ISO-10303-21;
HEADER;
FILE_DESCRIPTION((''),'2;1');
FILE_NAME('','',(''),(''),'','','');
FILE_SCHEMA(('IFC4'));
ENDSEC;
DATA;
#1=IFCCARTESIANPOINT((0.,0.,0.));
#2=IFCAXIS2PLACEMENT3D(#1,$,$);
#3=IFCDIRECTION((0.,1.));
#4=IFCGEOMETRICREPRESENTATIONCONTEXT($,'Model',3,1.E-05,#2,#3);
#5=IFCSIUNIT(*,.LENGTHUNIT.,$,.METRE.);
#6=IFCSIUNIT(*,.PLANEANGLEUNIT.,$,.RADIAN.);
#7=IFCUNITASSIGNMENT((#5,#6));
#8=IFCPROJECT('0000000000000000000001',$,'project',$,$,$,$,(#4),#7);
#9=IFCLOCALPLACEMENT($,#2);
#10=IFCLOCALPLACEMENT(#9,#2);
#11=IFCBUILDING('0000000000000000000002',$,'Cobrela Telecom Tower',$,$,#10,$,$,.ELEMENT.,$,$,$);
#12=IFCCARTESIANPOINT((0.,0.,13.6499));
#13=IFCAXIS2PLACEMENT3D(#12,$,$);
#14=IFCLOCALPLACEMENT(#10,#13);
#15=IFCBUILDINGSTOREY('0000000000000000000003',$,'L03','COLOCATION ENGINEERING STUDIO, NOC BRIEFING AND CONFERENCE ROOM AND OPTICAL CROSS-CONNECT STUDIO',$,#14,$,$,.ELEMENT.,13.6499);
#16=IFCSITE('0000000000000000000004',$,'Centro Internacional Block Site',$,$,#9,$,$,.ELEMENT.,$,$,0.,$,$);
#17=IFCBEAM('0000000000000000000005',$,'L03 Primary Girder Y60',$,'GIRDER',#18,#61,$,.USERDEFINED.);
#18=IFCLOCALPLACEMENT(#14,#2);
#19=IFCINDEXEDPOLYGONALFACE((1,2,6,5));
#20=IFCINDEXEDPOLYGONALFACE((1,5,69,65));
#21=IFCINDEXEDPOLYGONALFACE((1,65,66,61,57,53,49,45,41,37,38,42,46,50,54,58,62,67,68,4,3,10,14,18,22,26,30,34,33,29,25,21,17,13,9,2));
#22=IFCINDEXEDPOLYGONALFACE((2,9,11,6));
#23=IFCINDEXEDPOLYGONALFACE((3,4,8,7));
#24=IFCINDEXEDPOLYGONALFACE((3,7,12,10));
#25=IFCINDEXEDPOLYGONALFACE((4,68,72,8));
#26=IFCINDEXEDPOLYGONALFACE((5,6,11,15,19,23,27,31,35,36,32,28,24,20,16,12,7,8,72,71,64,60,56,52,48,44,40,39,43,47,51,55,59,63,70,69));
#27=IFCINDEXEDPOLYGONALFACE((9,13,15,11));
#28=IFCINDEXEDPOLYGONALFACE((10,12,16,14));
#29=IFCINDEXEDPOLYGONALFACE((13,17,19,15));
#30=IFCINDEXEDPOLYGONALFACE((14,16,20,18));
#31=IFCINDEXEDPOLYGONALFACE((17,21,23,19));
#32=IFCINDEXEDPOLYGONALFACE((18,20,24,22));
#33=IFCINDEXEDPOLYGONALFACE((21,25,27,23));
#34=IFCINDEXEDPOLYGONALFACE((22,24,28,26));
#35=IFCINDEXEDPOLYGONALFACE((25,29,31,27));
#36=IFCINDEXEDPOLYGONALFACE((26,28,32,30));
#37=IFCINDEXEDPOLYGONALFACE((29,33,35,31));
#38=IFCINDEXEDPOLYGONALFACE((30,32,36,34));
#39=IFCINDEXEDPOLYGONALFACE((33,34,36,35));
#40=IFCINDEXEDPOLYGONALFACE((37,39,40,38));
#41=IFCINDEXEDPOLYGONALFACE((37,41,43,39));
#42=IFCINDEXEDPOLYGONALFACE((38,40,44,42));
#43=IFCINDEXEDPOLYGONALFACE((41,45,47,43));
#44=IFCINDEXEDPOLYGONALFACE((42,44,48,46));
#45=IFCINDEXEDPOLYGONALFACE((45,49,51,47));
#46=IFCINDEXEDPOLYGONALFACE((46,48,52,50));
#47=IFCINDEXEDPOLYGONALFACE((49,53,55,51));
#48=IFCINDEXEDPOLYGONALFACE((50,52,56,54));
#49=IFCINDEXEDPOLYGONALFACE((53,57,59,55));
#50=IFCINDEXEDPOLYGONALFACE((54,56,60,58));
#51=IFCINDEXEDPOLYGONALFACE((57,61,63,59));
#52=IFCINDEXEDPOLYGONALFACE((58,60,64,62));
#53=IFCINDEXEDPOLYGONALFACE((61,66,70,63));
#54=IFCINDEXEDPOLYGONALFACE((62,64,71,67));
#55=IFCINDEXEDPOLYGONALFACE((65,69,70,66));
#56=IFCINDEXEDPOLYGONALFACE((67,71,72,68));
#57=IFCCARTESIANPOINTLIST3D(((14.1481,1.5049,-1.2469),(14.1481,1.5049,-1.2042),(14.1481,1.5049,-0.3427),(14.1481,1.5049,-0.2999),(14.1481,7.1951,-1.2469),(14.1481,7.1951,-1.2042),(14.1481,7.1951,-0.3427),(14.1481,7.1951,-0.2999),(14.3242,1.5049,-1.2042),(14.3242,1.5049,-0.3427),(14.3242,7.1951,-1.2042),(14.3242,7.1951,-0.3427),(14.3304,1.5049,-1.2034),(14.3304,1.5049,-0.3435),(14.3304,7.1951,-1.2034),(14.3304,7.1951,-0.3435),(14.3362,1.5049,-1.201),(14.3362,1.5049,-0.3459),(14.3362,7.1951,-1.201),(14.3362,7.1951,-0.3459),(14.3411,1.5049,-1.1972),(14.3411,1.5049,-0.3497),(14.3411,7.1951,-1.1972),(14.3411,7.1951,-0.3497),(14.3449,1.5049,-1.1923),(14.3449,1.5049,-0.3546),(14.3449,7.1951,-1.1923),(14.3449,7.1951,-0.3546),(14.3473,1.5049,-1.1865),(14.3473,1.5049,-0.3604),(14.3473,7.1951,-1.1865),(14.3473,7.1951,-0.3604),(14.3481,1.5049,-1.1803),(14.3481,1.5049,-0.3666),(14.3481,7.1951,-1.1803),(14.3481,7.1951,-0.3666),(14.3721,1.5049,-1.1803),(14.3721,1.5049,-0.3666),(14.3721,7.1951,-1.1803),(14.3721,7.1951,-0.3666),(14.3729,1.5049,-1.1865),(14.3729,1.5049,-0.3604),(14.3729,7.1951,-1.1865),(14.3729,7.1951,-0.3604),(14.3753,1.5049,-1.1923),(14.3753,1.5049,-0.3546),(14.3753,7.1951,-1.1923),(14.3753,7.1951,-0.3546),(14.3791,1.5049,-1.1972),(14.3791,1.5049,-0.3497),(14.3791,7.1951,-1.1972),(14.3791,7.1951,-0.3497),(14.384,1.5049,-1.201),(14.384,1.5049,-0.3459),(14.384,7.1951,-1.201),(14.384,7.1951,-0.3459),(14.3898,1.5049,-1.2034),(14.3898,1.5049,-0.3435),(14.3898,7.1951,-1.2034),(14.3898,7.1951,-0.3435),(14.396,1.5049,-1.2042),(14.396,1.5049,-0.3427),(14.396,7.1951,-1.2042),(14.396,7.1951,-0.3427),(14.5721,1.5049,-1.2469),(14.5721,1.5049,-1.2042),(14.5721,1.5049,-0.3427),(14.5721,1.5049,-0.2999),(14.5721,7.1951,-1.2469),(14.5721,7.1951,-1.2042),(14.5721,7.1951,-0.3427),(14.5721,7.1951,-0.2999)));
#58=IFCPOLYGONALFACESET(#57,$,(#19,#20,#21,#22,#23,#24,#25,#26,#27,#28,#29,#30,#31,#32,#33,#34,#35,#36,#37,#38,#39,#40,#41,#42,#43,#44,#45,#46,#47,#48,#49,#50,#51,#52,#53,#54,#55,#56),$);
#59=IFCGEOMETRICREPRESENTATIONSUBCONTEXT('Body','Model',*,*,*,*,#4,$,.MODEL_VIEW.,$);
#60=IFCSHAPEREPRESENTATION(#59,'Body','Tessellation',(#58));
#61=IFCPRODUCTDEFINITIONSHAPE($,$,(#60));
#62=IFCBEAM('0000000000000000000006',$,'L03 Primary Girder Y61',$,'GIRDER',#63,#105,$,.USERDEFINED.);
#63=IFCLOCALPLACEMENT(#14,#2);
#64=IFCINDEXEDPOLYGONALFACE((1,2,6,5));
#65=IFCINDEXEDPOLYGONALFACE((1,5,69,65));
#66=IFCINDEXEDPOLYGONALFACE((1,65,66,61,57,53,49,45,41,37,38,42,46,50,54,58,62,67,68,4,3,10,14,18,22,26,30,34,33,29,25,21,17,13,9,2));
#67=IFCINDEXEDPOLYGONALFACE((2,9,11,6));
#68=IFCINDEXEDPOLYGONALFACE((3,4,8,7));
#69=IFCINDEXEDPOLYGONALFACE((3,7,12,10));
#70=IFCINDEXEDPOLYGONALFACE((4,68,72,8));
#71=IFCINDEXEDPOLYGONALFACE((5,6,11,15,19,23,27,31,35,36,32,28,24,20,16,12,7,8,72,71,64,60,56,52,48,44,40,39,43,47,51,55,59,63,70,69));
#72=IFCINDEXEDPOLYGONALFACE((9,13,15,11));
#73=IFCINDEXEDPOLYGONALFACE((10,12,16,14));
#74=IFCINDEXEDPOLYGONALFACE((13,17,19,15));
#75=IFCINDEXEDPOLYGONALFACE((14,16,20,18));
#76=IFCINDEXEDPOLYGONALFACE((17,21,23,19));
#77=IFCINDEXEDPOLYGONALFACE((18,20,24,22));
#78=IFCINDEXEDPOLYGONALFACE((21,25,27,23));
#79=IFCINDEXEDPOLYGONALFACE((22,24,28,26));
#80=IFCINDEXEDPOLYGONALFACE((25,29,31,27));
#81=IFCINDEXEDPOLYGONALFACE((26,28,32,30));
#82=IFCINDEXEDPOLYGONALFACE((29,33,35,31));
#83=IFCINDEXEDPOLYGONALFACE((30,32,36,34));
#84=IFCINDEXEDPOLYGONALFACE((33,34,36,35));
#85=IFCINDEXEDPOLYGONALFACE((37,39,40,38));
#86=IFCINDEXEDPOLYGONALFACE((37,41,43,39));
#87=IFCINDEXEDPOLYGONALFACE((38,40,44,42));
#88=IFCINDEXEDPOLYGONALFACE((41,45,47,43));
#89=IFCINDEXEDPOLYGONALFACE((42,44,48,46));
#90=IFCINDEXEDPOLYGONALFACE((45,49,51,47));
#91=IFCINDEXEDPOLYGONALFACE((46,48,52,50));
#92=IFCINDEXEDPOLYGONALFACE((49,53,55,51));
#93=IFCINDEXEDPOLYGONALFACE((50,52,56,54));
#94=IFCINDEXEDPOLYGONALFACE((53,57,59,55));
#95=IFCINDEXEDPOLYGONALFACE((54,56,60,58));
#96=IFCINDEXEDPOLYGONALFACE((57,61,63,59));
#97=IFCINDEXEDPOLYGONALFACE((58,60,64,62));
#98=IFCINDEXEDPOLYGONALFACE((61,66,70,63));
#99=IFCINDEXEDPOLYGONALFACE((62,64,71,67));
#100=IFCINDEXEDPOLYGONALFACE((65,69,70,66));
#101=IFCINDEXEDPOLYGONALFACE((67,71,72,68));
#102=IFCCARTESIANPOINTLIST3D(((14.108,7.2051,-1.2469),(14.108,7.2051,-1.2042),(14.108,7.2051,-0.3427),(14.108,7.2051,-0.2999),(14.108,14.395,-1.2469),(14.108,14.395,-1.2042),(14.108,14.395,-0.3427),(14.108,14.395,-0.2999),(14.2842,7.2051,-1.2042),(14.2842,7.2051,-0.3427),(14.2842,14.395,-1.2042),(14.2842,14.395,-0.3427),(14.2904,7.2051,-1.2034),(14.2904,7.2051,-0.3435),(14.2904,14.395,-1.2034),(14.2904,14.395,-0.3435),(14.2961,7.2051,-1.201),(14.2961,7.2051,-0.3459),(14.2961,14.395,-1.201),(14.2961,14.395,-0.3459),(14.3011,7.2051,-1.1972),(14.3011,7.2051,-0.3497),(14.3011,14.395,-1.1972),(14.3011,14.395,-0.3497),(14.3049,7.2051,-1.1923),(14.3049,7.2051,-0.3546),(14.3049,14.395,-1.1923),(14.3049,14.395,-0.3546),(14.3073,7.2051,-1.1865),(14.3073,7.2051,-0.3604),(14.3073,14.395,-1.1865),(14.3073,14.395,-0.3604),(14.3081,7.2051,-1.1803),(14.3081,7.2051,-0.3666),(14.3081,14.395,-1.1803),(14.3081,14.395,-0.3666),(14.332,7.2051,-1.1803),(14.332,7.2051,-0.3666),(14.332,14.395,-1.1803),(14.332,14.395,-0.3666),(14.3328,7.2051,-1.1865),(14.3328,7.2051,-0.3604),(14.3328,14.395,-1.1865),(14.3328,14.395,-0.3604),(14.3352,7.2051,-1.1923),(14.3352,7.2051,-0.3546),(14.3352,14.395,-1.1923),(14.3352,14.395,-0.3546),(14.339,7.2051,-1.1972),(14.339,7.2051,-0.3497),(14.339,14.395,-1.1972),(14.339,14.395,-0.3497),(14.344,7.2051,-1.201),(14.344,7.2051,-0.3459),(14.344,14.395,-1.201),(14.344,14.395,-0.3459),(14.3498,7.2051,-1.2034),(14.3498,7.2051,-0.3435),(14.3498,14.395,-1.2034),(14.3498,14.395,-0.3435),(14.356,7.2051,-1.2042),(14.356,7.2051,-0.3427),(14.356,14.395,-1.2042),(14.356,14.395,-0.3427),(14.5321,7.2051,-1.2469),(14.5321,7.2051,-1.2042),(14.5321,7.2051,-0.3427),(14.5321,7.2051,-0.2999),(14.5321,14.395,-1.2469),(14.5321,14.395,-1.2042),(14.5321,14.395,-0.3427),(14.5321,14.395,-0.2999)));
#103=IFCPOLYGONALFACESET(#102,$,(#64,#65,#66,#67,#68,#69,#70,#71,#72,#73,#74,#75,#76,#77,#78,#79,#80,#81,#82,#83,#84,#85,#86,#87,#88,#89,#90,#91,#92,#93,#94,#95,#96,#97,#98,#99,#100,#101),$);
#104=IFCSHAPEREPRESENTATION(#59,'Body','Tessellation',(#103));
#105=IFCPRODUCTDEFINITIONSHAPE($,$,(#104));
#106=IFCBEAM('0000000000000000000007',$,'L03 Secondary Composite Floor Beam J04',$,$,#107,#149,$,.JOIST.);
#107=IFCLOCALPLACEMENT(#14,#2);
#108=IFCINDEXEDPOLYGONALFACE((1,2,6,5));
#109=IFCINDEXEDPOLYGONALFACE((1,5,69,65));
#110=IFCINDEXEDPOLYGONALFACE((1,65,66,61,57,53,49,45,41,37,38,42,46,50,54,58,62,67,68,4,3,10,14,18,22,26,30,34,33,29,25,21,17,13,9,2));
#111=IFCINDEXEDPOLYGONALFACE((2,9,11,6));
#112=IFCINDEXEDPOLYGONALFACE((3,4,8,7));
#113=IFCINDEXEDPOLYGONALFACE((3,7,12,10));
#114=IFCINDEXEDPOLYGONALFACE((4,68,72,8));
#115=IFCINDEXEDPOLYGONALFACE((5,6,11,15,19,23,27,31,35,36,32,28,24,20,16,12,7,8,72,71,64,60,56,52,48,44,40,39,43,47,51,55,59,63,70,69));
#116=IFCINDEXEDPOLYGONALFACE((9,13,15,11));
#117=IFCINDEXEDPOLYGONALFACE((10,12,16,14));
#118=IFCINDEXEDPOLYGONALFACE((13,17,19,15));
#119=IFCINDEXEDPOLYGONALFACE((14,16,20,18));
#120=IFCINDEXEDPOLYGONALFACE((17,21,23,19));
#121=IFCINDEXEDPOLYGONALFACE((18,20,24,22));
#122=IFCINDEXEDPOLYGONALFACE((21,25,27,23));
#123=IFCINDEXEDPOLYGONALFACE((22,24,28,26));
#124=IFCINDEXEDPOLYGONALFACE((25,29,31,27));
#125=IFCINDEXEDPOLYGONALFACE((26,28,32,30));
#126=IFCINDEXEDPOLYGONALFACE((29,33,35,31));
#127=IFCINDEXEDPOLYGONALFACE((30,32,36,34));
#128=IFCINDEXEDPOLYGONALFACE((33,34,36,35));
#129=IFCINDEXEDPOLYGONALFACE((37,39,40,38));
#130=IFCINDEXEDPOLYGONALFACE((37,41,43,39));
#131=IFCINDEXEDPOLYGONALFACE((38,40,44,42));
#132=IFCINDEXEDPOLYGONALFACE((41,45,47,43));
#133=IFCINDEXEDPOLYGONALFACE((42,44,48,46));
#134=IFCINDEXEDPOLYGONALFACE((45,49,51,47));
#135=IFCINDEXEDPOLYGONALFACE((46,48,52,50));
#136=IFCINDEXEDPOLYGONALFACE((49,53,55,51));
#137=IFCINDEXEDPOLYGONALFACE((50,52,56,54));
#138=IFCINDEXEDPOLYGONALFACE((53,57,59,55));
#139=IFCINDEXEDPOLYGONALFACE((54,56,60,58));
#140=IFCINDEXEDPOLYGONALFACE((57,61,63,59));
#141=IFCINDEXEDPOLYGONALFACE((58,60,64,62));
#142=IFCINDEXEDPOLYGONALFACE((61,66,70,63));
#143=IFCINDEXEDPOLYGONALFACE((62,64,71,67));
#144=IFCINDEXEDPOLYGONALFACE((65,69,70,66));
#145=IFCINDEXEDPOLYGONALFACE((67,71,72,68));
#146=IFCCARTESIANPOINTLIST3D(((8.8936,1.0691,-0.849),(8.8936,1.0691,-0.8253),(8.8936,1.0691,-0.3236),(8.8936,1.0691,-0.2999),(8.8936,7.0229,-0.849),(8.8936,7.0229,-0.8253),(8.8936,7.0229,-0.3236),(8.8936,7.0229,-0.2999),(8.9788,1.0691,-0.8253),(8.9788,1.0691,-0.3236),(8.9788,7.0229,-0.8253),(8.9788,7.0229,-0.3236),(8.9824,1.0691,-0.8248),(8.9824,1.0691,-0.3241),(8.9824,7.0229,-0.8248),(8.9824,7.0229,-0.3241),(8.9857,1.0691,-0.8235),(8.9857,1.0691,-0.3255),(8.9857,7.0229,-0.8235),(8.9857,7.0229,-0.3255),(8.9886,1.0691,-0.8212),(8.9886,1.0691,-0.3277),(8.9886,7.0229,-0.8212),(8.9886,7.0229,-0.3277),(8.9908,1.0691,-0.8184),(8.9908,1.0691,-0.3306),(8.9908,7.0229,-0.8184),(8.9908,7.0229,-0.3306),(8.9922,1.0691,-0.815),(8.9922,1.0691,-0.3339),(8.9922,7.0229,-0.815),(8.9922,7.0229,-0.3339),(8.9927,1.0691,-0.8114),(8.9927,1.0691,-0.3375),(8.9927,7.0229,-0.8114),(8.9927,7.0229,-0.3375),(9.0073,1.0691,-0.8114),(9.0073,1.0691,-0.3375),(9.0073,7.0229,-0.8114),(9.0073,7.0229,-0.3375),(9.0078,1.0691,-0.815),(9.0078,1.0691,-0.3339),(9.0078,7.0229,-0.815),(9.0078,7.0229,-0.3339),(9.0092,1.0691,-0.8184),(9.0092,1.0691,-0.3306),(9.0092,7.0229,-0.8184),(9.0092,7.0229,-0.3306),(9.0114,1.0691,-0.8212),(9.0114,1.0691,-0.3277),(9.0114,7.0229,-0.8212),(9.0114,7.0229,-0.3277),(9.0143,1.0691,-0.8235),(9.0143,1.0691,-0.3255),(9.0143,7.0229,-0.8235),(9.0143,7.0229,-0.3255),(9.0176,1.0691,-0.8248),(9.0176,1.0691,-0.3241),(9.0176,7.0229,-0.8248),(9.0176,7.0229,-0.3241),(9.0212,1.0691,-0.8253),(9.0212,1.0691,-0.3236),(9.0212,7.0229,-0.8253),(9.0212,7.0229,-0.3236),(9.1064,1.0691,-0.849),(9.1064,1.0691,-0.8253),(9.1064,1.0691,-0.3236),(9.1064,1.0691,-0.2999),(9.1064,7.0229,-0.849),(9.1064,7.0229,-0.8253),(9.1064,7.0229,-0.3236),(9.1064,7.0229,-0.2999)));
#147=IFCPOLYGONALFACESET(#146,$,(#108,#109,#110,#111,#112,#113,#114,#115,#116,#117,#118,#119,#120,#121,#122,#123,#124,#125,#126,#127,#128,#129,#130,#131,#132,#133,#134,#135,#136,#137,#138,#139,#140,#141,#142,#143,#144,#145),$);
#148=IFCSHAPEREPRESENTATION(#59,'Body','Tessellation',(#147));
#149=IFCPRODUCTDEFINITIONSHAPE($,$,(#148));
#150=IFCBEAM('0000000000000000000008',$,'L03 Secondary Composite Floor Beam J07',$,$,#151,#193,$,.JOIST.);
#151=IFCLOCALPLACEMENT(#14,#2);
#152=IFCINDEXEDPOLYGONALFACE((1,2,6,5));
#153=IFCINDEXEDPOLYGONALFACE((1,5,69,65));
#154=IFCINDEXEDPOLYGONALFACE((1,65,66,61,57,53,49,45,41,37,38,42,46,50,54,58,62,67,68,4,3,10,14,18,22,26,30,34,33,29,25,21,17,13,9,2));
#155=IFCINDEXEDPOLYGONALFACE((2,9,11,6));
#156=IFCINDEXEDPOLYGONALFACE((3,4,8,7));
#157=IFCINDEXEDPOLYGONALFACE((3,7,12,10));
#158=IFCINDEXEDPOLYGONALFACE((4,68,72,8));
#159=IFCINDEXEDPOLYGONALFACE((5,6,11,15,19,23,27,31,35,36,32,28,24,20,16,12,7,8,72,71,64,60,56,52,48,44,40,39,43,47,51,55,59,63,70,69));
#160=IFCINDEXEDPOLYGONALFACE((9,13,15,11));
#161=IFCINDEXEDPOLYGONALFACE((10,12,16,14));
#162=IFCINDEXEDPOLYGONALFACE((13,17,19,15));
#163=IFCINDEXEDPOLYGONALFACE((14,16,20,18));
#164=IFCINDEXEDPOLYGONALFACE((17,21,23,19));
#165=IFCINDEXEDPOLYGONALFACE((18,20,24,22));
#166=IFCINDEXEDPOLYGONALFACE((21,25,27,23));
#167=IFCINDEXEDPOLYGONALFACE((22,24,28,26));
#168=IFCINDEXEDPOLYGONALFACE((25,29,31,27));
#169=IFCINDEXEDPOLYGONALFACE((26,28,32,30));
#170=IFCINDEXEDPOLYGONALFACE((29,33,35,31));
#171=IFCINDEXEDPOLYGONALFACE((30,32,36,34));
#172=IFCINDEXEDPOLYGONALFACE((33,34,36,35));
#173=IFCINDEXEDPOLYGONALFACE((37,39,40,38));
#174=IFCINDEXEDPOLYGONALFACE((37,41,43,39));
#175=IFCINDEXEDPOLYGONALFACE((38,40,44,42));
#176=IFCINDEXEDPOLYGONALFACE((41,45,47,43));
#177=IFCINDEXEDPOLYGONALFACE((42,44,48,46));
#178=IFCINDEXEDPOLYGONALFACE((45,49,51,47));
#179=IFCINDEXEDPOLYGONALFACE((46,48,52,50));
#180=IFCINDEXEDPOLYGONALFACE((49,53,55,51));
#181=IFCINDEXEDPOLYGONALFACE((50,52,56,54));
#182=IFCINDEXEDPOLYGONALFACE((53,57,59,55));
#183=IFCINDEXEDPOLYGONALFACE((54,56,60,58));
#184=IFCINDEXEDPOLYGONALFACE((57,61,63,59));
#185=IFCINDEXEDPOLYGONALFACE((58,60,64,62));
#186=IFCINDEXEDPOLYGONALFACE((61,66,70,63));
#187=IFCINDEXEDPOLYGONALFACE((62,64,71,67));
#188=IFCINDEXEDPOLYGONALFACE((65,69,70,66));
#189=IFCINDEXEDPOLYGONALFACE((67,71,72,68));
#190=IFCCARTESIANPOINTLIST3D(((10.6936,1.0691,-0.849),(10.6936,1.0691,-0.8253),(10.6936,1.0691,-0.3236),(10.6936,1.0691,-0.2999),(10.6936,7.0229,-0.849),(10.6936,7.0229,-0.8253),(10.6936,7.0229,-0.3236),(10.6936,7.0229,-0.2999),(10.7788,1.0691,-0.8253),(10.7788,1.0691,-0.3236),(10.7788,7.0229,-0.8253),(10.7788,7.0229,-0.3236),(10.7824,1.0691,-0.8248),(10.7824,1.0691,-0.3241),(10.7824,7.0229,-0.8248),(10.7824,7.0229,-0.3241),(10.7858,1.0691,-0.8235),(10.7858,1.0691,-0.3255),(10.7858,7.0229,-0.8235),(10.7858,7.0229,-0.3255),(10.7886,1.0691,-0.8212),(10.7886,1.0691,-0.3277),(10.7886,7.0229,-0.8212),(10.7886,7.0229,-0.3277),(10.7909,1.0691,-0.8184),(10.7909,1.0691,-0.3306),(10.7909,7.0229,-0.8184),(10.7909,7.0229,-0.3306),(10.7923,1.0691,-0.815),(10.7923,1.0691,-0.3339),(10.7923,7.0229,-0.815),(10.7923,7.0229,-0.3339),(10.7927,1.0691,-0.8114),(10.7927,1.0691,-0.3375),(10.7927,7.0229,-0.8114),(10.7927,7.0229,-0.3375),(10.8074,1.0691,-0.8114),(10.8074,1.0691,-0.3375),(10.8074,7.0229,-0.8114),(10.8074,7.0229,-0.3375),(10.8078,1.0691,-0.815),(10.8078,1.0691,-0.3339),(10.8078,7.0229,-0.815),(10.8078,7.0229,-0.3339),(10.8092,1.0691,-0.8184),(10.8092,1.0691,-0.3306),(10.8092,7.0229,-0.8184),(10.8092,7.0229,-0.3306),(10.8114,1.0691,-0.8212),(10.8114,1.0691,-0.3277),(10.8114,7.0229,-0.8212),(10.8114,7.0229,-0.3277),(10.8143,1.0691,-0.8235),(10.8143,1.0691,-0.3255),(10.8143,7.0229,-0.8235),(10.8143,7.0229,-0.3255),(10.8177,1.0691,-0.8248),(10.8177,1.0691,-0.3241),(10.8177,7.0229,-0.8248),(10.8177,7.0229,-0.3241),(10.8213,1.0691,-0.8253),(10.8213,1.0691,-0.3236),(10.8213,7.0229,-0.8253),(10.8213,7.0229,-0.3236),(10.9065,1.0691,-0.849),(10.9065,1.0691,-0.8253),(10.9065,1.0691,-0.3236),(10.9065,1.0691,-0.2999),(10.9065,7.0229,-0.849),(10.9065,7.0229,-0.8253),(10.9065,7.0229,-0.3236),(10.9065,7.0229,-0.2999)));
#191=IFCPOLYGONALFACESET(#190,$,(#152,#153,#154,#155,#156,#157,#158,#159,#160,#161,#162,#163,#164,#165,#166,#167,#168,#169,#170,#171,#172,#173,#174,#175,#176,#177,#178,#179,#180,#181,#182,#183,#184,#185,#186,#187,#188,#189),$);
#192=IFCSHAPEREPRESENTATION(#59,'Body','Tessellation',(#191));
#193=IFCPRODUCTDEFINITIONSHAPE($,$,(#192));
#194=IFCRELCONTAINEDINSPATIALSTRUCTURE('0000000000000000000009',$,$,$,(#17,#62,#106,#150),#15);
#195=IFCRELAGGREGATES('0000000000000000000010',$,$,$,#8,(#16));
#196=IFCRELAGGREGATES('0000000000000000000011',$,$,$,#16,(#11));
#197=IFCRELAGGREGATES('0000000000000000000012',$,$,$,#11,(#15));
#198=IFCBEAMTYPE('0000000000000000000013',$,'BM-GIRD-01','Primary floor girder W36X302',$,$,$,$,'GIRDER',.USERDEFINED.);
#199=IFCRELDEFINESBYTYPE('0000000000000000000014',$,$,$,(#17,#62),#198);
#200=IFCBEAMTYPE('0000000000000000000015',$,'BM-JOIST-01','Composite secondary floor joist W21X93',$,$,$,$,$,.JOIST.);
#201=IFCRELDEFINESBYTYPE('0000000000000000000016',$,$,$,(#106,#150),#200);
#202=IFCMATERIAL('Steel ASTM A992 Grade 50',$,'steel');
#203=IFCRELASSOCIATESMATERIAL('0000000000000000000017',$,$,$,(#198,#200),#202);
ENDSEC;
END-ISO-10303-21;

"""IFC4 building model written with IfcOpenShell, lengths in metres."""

from ifc_helpers import new_model, si_unit, direction, frame, origin, origin_2d, place, context, subcontext, project, spatial, i_section, extrude, material, material_profile, profile_set, type_object, element, save


model = new_model("IFC4")

# Units and contexts
model_context = context("Model", 3, precision=1e-05, world=origin(), true_north=direction((0.0, 1.0)))
body_context = subcontext(model_context, "Body", "Model", "MODEL_VIEW")
ifc_project = project(units=[si_unit("LENGTHUNIT", "METRE"), si_unit("PLANEANGLEUNIT", "RADIAN")], contexts=[model_context])

# Site, building, storey
site_placement = place(None, origin())
site = spatial("IfcSite", under=ifc_project, at=site_placement, Name="Centro Internacional Block Site", CompositionType="ELEMENT", RefElevation=0.0)
building_placement = place(site_placement, origin())
building = spatial("IfcBuilding", under=site, at=building_placement, Name="Cobrela Telecom Tower", CompositionType="ELEMENT")
storey_placement = place(building_placement, frame((0.0, 0.0, 13.6499)))
storey = spatial("IfcBuildingStorey", under=building, at=storey_placement, Name="L03", Description="COLOCATION ENGINEERING STUDIO, NOC BRIEFING AND CONFERENCE ROOM AND OPTICAL CROSS-CONNECT STUDIO", CompositionType="ELEMENT", Elevation=13.6499)

# Beams
ifc_material_1 = material(Name="Steel ASTM A992 Grade 50", Category="steel")
ifc_material_profile_1 = material_profile(ifc_material_1, i_section(OverallWidth=0.4241, OverallDepth=0.947, WebThickness=0.0239, FlangeThickness=0.0427, FilletRadius=0.0239, at=origin_2d()), Name="W36X302")
ifc_profile_set_1 = profile_set([ifc_material_profile_1], Name="Steel ASTM A992 Grade 50")
beam_type_1 = type_object("IfcBeamType", Name="BM-GIRD-01", Description="Primary floor girder W36X302", ElementType="GIRDER", PredefinedType="USERDEFINED", material=ifc_profile_set_1)
beam_1_placement = place(storey_placement, frame((14.3601, 1.5049, -0.7734), z_axis=(0.0, 1.0, 0.0), x_axis=(-1.0, 0.0, 0.0)))
element("IfcBeam", 1, at=beam_1_placement, inside=storey, type_object=beam_type_1, Name="L03 Primary Girder Y60", ObjectType="GIRDER", PredefinedType="USERDEFINED", context=body_context, shape_type="SweptSolid", body=[
    extrude(i_section(OverallWidth=0.4241, OverallDepth=0.947, WebThickness=0.0239, FlangeThickness=0.0427, FilletRadius=0.0239, at=origin_2d()), origin(), (0.0, 0.0, 1.0), 5.6902),
])
beam_2_placement = place(storey_placement, frame((14.3201, 7.2051, -0.7734), z_axis=(0.0, 1.0, 0.0), x_axis=(-1.0, 0.0, 0.0)))
element("IfcBeam", 2, at=beam_2_placement, inside=storey, type_object=beam_type_1, Name="L03 Primary Girder Y61", ObjectType="GIRDER", PredefinedType="USERDEFINED", context=body_context, shape_type="SweptSolid", body=[
    extrude(i_section(OverallWidth=0.4241, OverallDepth=0.947, WebThickness=0.0239, FlangeThickness=0.0427, FilletRadius=0.0239, at=origin_2d()), origin(), (0.0, 0.0, 1.0), 7.1899),
])
ifc_material_profile_2 = material_profile(ifc_material_1, i_section(OverallWidth=0.2129, OverallDepth=0.5491, WebThickness=0.0146, FlangeThickness=0.0237, FilletRadius=0.0139, at=origin_2d()), Name="W21X93")
ifc_profile_set_2 = profile_set([ifc_material_profile_2], Name="Steel ASTM A992 Grade 50")
beam_type_2 = type_object("IfcBeamType", Name="BM-JOIST-01", Description="Composite secondary floor joist W21X93", PredefinedType="JOIST", material=ifc_profile_set_2)
for number, where, z_axis, x_axis, name in (
    (3, (9.0, 1.0691, -0.5745), (0.0, 1.0, 0.0), (-1.0, 0.0, 0.0), "L03 Secondary Composite Floor Beam J04"),
    (4, (10.8, 1.0691, -0.5745), (0.0, 1.0, 0.0), (-1.0, 0.0, 0.0), "L03 Secondary Composite Floor Beam J07"),
):
    element("IfcBeam", number, at=place(storey_placement, frame(where, z_axis=z_axis, x_axis=x_axis)), inside=storey, type_object=beam_type_2, Name=name, PredefinedType="JOIST", context=body_context, shape_type="SweptSolid", body=[
        extrude(i_section(OverallWidth=0.2129, OverallDepth=0.5491, WebThickness=0.0146, FlangeThickness=0.0237, FilletRadius=0.0139, at=origin_2d()), origin(), (0.0, 0.0, 1.0), 5.9539),
    ])

save(model, "model.ifc")
